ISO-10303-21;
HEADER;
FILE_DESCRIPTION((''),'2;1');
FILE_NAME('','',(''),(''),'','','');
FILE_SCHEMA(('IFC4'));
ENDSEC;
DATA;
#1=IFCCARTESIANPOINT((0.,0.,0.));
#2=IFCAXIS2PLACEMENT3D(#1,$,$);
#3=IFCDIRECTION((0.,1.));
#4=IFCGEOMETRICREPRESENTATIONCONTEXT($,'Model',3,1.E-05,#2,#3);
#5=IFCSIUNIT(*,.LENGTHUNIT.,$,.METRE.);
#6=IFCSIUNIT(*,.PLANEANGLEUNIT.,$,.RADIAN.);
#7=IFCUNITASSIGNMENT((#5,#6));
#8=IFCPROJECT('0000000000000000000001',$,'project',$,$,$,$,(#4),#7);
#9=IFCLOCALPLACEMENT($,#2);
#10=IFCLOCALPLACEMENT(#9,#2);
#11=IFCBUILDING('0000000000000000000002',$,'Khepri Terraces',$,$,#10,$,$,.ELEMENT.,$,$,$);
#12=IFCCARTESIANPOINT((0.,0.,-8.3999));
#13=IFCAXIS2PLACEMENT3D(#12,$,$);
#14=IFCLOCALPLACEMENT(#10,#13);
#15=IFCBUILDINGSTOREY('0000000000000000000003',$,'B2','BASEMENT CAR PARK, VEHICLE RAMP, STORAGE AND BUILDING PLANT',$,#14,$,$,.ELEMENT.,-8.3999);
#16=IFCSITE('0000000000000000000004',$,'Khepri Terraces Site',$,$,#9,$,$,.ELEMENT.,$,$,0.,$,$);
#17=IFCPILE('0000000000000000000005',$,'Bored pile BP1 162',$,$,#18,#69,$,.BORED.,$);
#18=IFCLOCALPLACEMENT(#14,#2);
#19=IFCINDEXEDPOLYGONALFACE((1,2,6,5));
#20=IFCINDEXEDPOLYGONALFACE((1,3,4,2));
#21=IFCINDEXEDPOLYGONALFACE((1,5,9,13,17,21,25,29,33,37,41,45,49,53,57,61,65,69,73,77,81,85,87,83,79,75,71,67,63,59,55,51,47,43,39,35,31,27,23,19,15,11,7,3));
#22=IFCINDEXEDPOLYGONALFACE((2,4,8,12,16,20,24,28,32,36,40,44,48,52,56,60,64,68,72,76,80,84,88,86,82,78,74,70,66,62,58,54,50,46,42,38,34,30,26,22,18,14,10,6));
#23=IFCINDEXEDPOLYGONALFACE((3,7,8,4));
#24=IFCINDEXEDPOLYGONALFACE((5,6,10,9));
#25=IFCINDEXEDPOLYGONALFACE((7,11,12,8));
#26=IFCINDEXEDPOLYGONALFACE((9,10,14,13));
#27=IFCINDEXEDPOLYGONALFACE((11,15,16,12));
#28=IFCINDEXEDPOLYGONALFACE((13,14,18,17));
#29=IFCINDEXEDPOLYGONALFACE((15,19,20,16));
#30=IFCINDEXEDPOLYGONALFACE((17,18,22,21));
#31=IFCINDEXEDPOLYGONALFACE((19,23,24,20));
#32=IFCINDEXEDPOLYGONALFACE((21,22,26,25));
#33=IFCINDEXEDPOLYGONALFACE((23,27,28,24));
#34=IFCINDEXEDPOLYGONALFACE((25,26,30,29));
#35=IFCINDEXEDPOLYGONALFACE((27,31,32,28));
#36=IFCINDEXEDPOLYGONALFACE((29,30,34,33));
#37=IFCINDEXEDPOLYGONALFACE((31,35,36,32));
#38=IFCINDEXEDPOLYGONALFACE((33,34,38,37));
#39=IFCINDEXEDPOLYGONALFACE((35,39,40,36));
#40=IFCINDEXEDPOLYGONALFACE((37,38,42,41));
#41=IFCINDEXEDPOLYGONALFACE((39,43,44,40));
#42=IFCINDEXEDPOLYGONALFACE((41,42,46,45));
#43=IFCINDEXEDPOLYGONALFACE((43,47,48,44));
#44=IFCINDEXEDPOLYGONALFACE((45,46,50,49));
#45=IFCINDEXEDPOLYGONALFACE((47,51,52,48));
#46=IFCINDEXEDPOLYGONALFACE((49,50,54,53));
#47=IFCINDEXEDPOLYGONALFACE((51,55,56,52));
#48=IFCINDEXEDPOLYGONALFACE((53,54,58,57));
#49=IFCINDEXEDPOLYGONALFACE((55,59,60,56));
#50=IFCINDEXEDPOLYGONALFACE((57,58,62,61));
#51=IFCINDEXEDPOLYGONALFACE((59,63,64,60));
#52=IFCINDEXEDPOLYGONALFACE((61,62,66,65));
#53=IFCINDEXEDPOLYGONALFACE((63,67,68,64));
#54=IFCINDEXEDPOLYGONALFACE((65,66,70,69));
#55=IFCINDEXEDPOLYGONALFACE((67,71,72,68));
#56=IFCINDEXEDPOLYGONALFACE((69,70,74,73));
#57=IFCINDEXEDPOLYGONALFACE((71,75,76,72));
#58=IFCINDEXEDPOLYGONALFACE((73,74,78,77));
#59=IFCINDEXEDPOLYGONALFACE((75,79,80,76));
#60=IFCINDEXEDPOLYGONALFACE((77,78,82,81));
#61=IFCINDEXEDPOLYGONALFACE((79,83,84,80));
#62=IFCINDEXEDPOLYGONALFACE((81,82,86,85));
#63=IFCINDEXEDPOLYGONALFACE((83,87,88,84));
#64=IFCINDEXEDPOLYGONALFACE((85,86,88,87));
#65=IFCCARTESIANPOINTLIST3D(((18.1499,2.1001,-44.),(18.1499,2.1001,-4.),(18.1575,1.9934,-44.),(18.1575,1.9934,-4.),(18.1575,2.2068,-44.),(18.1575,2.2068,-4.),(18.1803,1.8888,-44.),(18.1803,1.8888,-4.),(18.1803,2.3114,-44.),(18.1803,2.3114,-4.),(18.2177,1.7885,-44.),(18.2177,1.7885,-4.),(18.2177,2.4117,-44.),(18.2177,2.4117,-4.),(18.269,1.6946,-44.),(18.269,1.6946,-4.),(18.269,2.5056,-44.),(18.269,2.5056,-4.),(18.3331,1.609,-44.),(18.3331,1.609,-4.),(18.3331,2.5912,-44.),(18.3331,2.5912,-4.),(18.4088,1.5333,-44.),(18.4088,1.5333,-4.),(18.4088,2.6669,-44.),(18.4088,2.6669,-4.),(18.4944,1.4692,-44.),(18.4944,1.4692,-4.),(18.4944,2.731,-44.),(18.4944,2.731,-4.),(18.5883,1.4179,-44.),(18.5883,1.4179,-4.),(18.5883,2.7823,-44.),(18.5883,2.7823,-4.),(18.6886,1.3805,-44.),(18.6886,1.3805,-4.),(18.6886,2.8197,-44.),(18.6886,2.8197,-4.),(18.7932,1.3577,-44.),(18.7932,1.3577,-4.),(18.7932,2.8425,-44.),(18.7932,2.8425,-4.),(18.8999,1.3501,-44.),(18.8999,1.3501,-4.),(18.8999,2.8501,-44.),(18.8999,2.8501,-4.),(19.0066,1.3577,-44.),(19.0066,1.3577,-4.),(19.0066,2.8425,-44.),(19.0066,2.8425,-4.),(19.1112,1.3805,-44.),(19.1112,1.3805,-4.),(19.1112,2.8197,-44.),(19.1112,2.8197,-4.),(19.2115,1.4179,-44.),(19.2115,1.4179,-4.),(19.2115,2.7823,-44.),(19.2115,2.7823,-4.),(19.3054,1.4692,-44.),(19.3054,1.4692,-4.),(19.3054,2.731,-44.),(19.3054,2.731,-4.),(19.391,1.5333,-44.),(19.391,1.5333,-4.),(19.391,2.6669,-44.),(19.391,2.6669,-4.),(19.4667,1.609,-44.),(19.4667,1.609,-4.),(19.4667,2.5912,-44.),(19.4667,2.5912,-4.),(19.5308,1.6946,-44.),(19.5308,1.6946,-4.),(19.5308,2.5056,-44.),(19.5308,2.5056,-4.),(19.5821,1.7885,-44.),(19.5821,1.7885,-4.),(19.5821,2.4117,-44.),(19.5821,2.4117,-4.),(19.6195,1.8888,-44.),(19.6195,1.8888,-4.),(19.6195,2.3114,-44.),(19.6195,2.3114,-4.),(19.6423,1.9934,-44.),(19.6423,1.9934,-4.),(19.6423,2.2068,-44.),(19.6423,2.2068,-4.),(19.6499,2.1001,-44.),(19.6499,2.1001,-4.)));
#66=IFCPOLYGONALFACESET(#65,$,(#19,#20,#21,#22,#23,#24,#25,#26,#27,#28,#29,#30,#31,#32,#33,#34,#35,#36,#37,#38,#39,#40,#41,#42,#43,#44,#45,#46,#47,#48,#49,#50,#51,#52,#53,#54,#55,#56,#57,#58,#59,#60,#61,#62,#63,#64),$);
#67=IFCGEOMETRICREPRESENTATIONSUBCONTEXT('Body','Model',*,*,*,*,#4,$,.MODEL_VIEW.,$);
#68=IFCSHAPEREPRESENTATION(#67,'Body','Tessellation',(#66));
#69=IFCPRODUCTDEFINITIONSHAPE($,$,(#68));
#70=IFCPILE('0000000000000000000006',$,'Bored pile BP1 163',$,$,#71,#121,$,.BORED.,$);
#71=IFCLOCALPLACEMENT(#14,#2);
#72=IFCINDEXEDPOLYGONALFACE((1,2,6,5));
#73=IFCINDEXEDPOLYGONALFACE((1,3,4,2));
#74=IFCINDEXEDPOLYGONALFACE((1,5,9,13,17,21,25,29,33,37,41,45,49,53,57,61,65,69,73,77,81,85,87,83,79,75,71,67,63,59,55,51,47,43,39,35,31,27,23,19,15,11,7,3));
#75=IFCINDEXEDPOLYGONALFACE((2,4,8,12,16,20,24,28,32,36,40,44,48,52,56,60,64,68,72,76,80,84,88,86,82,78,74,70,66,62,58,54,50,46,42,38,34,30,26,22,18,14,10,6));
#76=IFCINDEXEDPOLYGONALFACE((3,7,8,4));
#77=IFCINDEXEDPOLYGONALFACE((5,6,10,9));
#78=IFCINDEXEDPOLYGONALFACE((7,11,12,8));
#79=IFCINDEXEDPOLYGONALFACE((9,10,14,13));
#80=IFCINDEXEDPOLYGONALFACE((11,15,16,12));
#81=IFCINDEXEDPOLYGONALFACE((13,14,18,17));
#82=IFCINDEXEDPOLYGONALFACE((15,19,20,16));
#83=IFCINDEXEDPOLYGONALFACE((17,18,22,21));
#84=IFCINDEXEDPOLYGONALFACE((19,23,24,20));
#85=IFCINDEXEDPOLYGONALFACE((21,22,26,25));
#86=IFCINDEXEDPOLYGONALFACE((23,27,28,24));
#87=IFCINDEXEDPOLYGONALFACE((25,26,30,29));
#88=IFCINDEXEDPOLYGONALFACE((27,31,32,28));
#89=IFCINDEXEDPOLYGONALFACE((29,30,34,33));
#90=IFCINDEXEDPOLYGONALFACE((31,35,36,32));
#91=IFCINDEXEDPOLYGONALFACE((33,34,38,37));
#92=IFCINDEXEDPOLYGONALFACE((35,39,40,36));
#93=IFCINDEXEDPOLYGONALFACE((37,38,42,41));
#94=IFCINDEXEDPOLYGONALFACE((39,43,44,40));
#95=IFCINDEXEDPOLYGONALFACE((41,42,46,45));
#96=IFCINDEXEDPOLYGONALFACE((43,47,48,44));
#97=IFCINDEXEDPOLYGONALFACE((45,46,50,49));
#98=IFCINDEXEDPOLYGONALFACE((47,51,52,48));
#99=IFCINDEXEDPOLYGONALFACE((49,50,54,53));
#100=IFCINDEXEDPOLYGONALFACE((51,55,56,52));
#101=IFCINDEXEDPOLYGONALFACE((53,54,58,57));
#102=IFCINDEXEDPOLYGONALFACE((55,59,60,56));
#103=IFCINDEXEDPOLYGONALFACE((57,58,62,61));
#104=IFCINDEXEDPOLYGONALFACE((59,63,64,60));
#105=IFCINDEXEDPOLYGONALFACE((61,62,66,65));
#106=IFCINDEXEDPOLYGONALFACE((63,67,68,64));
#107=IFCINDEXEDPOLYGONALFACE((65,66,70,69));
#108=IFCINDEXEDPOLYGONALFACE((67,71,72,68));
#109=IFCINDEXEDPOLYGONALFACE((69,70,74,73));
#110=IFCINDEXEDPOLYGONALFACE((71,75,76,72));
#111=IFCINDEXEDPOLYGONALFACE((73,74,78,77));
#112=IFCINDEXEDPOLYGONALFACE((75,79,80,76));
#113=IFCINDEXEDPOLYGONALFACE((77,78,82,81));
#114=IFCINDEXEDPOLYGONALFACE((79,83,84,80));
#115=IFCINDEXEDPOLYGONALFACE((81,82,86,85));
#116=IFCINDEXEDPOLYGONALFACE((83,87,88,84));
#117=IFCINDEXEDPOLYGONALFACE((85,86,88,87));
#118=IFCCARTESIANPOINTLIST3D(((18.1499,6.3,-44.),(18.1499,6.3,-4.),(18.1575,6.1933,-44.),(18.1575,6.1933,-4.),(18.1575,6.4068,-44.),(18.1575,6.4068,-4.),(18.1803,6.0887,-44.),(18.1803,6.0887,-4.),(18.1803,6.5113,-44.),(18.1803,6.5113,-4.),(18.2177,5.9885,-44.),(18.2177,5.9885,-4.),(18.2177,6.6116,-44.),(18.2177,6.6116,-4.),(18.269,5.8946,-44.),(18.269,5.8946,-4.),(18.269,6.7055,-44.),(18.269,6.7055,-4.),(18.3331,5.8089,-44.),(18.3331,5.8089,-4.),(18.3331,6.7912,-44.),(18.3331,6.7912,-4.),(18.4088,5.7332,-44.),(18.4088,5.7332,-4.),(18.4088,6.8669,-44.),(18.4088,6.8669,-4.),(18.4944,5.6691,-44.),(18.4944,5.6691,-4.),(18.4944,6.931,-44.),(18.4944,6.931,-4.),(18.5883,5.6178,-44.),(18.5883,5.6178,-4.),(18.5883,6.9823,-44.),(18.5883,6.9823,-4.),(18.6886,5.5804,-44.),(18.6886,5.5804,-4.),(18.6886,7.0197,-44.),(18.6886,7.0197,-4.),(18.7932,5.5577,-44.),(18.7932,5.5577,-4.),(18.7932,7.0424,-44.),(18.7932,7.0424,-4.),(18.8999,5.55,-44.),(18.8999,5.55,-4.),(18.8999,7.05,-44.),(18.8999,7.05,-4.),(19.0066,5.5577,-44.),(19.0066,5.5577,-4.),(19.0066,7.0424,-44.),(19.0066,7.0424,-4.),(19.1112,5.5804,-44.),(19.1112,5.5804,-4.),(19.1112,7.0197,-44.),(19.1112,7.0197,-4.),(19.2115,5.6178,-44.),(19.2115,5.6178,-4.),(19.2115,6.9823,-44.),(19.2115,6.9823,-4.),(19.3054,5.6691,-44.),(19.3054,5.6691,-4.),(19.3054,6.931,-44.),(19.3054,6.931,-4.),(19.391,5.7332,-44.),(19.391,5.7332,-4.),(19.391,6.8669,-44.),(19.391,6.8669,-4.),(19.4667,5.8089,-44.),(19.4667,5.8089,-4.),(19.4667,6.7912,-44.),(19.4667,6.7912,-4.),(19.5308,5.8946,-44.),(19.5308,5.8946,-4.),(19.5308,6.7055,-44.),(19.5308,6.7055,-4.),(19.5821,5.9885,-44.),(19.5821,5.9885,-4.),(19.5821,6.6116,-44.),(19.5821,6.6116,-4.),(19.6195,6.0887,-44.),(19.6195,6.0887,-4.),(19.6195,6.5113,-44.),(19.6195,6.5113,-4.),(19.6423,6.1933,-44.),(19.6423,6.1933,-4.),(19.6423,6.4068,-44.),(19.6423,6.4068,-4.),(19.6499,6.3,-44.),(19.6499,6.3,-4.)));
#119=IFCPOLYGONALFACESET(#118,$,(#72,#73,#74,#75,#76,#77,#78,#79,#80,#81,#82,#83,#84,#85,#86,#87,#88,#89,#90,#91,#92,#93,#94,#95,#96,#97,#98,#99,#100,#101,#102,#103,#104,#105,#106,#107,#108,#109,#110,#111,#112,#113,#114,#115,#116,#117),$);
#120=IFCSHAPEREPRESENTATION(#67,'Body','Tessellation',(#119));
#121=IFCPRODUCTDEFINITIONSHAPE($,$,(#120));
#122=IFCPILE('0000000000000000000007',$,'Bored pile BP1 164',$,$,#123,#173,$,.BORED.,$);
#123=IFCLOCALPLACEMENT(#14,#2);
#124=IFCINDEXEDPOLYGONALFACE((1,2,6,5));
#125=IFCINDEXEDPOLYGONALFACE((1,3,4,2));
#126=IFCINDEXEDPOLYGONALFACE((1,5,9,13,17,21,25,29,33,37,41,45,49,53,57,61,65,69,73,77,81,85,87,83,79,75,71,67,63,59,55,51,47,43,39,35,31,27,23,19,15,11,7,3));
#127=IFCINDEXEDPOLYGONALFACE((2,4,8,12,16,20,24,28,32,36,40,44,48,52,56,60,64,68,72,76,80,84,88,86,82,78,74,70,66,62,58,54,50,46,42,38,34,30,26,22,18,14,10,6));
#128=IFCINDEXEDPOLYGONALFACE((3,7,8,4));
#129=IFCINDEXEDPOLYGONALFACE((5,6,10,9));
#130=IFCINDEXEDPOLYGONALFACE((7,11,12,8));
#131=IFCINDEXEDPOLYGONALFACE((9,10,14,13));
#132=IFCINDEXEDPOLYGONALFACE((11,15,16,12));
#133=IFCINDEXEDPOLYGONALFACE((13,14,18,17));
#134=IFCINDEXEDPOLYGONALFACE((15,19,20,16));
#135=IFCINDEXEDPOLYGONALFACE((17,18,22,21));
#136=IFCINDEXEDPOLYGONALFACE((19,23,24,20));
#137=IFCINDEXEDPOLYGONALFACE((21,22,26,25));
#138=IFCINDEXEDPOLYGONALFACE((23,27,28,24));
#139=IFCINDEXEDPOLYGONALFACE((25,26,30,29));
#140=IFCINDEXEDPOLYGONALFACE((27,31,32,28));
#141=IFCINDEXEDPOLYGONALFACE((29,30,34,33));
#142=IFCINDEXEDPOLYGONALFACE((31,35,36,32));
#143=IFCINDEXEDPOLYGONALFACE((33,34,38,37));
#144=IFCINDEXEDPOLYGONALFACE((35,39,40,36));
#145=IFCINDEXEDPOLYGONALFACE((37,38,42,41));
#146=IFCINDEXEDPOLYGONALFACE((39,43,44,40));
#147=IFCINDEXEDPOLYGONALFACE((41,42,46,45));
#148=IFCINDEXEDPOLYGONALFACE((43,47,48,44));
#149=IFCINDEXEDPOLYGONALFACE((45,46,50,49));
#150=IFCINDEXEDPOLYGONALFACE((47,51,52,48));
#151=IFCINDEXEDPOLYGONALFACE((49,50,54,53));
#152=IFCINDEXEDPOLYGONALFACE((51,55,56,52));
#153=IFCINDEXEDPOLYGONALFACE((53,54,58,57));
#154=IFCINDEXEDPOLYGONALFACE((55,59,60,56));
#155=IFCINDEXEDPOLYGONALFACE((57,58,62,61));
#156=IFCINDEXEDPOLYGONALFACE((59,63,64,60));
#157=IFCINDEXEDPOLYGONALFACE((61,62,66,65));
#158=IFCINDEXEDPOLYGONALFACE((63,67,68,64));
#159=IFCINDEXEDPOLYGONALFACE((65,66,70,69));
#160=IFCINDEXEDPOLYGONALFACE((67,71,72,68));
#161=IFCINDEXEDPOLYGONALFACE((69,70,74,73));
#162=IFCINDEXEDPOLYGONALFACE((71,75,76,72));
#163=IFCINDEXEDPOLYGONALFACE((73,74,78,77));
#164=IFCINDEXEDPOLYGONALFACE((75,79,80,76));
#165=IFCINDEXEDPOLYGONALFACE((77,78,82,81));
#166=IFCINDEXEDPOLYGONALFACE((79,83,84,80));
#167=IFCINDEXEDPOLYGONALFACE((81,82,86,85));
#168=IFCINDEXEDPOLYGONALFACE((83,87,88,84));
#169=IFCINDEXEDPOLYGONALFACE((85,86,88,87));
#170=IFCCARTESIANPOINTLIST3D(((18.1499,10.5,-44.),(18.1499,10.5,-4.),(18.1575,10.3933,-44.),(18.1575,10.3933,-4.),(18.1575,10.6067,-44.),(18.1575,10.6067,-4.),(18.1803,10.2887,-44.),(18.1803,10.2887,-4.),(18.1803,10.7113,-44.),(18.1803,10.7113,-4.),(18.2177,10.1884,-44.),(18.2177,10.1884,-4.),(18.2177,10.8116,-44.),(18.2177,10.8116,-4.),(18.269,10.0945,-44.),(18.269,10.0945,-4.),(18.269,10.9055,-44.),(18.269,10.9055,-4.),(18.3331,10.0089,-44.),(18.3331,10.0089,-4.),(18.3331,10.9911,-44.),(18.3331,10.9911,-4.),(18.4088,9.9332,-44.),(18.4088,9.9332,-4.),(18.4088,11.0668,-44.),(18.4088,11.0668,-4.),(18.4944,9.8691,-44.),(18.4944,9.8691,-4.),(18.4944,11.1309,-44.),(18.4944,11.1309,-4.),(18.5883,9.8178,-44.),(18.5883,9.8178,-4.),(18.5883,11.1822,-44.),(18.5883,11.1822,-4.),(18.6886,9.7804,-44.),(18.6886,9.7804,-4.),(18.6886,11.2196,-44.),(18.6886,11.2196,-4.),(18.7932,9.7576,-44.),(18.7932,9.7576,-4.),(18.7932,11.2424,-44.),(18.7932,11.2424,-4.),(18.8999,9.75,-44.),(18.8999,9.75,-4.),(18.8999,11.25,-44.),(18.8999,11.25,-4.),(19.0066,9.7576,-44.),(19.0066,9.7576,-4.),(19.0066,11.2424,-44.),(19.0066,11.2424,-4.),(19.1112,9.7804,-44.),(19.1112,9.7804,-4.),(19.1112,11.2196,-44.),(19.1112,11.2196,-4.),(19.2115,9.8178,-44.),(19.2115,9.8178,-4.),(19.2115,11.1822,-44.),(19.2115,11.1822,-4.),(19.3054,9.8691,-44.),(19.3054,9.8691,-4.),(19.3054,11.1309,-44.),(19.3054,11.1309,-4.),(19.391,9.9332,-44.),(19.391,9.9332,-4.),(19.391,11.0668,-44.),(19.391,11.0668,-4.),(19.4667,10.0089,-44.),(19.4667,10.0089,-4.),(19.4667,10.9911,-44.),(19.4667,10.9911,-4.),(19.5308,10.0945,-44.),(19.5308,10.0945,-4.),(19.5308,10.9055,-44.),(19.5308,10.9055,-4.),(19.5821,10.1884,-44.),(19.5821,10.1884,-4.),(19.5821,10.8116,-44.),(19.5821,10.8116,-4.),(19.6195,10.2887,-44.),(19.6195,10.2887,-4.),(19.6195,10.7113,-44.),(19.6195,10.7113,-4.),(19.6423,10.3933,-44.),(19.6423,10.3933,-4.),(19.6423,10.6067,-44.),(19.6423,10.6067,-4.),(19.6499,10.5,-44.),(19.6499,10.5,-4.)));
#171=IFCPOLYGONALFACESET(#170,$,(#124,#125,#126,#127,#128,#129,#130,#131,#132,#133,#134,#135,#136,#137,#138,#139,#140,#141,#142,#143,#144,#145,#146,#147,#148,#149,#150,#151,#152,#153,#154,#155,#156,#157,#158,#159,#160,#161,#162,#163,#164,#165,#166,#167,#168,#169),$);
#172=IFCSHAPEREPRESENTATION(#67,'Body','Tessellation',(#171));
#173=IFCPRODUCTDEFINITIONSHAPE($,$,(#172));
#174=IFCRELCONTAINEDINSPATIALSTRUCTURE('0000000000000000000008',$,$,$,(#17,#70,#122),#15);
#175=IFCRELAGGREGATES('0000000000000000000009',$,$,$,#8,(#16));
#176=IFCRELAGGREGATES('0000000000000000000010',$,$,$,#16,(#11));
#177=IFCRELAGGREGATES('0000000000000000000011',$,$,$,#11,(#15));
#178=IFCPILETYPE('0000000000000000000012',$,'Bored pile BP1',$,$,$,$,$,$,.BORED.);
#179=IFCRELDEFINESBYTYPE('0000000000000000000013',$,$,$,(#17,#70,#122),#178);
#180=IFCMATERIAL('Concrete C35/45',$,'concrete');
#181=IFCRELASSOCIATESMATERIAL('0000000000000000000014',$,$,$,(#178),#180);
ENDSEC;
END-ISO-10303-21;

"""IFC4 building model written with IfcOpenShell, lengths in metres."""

from ifc_helpers import new_model, si_unit, direction, frame, origin, origin_2d, place, context, subcontext, project, spatial, circle, extrude, material, material_profile, profile_set, type_object, element, save


model = new_model("IFC4")

# Units and contexts
model_context = context("Model", 3, precision=1e-05, world=origin(), true_north=direction((0.0, 1.0)))
body_context = subcontext(model_context, "Body", "Model", "MODEL_VIEW")
ifc_project = project(units=[si_unit("LENGTHUNIT", "METRE"), si_unit("PLANEANGLEUNIT", "RADIAN")], contexts=[model_context])

# Site, building, storey
site_placement = place(None, origin())
site = spatial("IfcSite", under=ifc_project, at=site_placement, Name="Khepri Terraces Site", CompositionType="ELEMENT", RefElevation=0.0)
building_placement = place(site_placement, origin())
building = spatial("IfcBuilding", under=site, at=building_placement, Name="Khepri Terraces", CompositionType="ELEMENT")
storey_placement = place(building_placement, frame((0.0, 0.0, -8.3999)))
storey = spatial("IfcBuildingStorey", under=building, at=storey_placement, Name="B2", Description="BASEMENT CAR PARK, VEHICLE RAMP, STORAGE AND BUILDING PLANT", CompositionType="ELEMENT", Elevation=-8.3999)

# Piles
ifc_material_1 = material(Name="Concrete C35/45", Category="concrete")
ifc_material_profile_1 = material_profile(ifc_material_1, circle(Radius=0.75, at=origin_2d()), Name="Concrete C35/45", Category="concrete")
ifc_profile_set_1 = profile_set([ifc_material_profile_1], Name="Concrete C35/45")
pile_type = type_object("IfcPileType", Name="Bored pile BP1", PredefinedType="BORED", material=ifc_profile_set_1)
for number, where, z_axis, x_axis, name in (
    (1, (18.8999, 2.1001, -4.0), (0.0, 0.0, -1.0), (1.0, 0.0, 0.0), "Bored pile BP1 162"),
    (2, (18.8999, 6.3, -4.0), (0.0, 0.0, -1.0), (1.0, 0.0, 0.0), "Bored pile BP1 163"),
    (3, (18.8999, 10.5, -4.0), (0.0, 0.0, -1.0), (1.0, 0.0, 0.0), "Bored pile BP1 164"),
):
    element("IfcPile", number, at=place(storey_placement, frame(where, z_axis=z_axis, x_axis=x_axis)), inside=storey, type_object=pile_type, Name=name, PredefinedType="BORED", context=body_context, shape_type="SweptSolid", body=[
        extrude(circle(Radius=0.75, at=origin_2d()), origin(), (0.0, 0.0, 1.0), 40.0),
    ])

save(model, "model.ifc")
